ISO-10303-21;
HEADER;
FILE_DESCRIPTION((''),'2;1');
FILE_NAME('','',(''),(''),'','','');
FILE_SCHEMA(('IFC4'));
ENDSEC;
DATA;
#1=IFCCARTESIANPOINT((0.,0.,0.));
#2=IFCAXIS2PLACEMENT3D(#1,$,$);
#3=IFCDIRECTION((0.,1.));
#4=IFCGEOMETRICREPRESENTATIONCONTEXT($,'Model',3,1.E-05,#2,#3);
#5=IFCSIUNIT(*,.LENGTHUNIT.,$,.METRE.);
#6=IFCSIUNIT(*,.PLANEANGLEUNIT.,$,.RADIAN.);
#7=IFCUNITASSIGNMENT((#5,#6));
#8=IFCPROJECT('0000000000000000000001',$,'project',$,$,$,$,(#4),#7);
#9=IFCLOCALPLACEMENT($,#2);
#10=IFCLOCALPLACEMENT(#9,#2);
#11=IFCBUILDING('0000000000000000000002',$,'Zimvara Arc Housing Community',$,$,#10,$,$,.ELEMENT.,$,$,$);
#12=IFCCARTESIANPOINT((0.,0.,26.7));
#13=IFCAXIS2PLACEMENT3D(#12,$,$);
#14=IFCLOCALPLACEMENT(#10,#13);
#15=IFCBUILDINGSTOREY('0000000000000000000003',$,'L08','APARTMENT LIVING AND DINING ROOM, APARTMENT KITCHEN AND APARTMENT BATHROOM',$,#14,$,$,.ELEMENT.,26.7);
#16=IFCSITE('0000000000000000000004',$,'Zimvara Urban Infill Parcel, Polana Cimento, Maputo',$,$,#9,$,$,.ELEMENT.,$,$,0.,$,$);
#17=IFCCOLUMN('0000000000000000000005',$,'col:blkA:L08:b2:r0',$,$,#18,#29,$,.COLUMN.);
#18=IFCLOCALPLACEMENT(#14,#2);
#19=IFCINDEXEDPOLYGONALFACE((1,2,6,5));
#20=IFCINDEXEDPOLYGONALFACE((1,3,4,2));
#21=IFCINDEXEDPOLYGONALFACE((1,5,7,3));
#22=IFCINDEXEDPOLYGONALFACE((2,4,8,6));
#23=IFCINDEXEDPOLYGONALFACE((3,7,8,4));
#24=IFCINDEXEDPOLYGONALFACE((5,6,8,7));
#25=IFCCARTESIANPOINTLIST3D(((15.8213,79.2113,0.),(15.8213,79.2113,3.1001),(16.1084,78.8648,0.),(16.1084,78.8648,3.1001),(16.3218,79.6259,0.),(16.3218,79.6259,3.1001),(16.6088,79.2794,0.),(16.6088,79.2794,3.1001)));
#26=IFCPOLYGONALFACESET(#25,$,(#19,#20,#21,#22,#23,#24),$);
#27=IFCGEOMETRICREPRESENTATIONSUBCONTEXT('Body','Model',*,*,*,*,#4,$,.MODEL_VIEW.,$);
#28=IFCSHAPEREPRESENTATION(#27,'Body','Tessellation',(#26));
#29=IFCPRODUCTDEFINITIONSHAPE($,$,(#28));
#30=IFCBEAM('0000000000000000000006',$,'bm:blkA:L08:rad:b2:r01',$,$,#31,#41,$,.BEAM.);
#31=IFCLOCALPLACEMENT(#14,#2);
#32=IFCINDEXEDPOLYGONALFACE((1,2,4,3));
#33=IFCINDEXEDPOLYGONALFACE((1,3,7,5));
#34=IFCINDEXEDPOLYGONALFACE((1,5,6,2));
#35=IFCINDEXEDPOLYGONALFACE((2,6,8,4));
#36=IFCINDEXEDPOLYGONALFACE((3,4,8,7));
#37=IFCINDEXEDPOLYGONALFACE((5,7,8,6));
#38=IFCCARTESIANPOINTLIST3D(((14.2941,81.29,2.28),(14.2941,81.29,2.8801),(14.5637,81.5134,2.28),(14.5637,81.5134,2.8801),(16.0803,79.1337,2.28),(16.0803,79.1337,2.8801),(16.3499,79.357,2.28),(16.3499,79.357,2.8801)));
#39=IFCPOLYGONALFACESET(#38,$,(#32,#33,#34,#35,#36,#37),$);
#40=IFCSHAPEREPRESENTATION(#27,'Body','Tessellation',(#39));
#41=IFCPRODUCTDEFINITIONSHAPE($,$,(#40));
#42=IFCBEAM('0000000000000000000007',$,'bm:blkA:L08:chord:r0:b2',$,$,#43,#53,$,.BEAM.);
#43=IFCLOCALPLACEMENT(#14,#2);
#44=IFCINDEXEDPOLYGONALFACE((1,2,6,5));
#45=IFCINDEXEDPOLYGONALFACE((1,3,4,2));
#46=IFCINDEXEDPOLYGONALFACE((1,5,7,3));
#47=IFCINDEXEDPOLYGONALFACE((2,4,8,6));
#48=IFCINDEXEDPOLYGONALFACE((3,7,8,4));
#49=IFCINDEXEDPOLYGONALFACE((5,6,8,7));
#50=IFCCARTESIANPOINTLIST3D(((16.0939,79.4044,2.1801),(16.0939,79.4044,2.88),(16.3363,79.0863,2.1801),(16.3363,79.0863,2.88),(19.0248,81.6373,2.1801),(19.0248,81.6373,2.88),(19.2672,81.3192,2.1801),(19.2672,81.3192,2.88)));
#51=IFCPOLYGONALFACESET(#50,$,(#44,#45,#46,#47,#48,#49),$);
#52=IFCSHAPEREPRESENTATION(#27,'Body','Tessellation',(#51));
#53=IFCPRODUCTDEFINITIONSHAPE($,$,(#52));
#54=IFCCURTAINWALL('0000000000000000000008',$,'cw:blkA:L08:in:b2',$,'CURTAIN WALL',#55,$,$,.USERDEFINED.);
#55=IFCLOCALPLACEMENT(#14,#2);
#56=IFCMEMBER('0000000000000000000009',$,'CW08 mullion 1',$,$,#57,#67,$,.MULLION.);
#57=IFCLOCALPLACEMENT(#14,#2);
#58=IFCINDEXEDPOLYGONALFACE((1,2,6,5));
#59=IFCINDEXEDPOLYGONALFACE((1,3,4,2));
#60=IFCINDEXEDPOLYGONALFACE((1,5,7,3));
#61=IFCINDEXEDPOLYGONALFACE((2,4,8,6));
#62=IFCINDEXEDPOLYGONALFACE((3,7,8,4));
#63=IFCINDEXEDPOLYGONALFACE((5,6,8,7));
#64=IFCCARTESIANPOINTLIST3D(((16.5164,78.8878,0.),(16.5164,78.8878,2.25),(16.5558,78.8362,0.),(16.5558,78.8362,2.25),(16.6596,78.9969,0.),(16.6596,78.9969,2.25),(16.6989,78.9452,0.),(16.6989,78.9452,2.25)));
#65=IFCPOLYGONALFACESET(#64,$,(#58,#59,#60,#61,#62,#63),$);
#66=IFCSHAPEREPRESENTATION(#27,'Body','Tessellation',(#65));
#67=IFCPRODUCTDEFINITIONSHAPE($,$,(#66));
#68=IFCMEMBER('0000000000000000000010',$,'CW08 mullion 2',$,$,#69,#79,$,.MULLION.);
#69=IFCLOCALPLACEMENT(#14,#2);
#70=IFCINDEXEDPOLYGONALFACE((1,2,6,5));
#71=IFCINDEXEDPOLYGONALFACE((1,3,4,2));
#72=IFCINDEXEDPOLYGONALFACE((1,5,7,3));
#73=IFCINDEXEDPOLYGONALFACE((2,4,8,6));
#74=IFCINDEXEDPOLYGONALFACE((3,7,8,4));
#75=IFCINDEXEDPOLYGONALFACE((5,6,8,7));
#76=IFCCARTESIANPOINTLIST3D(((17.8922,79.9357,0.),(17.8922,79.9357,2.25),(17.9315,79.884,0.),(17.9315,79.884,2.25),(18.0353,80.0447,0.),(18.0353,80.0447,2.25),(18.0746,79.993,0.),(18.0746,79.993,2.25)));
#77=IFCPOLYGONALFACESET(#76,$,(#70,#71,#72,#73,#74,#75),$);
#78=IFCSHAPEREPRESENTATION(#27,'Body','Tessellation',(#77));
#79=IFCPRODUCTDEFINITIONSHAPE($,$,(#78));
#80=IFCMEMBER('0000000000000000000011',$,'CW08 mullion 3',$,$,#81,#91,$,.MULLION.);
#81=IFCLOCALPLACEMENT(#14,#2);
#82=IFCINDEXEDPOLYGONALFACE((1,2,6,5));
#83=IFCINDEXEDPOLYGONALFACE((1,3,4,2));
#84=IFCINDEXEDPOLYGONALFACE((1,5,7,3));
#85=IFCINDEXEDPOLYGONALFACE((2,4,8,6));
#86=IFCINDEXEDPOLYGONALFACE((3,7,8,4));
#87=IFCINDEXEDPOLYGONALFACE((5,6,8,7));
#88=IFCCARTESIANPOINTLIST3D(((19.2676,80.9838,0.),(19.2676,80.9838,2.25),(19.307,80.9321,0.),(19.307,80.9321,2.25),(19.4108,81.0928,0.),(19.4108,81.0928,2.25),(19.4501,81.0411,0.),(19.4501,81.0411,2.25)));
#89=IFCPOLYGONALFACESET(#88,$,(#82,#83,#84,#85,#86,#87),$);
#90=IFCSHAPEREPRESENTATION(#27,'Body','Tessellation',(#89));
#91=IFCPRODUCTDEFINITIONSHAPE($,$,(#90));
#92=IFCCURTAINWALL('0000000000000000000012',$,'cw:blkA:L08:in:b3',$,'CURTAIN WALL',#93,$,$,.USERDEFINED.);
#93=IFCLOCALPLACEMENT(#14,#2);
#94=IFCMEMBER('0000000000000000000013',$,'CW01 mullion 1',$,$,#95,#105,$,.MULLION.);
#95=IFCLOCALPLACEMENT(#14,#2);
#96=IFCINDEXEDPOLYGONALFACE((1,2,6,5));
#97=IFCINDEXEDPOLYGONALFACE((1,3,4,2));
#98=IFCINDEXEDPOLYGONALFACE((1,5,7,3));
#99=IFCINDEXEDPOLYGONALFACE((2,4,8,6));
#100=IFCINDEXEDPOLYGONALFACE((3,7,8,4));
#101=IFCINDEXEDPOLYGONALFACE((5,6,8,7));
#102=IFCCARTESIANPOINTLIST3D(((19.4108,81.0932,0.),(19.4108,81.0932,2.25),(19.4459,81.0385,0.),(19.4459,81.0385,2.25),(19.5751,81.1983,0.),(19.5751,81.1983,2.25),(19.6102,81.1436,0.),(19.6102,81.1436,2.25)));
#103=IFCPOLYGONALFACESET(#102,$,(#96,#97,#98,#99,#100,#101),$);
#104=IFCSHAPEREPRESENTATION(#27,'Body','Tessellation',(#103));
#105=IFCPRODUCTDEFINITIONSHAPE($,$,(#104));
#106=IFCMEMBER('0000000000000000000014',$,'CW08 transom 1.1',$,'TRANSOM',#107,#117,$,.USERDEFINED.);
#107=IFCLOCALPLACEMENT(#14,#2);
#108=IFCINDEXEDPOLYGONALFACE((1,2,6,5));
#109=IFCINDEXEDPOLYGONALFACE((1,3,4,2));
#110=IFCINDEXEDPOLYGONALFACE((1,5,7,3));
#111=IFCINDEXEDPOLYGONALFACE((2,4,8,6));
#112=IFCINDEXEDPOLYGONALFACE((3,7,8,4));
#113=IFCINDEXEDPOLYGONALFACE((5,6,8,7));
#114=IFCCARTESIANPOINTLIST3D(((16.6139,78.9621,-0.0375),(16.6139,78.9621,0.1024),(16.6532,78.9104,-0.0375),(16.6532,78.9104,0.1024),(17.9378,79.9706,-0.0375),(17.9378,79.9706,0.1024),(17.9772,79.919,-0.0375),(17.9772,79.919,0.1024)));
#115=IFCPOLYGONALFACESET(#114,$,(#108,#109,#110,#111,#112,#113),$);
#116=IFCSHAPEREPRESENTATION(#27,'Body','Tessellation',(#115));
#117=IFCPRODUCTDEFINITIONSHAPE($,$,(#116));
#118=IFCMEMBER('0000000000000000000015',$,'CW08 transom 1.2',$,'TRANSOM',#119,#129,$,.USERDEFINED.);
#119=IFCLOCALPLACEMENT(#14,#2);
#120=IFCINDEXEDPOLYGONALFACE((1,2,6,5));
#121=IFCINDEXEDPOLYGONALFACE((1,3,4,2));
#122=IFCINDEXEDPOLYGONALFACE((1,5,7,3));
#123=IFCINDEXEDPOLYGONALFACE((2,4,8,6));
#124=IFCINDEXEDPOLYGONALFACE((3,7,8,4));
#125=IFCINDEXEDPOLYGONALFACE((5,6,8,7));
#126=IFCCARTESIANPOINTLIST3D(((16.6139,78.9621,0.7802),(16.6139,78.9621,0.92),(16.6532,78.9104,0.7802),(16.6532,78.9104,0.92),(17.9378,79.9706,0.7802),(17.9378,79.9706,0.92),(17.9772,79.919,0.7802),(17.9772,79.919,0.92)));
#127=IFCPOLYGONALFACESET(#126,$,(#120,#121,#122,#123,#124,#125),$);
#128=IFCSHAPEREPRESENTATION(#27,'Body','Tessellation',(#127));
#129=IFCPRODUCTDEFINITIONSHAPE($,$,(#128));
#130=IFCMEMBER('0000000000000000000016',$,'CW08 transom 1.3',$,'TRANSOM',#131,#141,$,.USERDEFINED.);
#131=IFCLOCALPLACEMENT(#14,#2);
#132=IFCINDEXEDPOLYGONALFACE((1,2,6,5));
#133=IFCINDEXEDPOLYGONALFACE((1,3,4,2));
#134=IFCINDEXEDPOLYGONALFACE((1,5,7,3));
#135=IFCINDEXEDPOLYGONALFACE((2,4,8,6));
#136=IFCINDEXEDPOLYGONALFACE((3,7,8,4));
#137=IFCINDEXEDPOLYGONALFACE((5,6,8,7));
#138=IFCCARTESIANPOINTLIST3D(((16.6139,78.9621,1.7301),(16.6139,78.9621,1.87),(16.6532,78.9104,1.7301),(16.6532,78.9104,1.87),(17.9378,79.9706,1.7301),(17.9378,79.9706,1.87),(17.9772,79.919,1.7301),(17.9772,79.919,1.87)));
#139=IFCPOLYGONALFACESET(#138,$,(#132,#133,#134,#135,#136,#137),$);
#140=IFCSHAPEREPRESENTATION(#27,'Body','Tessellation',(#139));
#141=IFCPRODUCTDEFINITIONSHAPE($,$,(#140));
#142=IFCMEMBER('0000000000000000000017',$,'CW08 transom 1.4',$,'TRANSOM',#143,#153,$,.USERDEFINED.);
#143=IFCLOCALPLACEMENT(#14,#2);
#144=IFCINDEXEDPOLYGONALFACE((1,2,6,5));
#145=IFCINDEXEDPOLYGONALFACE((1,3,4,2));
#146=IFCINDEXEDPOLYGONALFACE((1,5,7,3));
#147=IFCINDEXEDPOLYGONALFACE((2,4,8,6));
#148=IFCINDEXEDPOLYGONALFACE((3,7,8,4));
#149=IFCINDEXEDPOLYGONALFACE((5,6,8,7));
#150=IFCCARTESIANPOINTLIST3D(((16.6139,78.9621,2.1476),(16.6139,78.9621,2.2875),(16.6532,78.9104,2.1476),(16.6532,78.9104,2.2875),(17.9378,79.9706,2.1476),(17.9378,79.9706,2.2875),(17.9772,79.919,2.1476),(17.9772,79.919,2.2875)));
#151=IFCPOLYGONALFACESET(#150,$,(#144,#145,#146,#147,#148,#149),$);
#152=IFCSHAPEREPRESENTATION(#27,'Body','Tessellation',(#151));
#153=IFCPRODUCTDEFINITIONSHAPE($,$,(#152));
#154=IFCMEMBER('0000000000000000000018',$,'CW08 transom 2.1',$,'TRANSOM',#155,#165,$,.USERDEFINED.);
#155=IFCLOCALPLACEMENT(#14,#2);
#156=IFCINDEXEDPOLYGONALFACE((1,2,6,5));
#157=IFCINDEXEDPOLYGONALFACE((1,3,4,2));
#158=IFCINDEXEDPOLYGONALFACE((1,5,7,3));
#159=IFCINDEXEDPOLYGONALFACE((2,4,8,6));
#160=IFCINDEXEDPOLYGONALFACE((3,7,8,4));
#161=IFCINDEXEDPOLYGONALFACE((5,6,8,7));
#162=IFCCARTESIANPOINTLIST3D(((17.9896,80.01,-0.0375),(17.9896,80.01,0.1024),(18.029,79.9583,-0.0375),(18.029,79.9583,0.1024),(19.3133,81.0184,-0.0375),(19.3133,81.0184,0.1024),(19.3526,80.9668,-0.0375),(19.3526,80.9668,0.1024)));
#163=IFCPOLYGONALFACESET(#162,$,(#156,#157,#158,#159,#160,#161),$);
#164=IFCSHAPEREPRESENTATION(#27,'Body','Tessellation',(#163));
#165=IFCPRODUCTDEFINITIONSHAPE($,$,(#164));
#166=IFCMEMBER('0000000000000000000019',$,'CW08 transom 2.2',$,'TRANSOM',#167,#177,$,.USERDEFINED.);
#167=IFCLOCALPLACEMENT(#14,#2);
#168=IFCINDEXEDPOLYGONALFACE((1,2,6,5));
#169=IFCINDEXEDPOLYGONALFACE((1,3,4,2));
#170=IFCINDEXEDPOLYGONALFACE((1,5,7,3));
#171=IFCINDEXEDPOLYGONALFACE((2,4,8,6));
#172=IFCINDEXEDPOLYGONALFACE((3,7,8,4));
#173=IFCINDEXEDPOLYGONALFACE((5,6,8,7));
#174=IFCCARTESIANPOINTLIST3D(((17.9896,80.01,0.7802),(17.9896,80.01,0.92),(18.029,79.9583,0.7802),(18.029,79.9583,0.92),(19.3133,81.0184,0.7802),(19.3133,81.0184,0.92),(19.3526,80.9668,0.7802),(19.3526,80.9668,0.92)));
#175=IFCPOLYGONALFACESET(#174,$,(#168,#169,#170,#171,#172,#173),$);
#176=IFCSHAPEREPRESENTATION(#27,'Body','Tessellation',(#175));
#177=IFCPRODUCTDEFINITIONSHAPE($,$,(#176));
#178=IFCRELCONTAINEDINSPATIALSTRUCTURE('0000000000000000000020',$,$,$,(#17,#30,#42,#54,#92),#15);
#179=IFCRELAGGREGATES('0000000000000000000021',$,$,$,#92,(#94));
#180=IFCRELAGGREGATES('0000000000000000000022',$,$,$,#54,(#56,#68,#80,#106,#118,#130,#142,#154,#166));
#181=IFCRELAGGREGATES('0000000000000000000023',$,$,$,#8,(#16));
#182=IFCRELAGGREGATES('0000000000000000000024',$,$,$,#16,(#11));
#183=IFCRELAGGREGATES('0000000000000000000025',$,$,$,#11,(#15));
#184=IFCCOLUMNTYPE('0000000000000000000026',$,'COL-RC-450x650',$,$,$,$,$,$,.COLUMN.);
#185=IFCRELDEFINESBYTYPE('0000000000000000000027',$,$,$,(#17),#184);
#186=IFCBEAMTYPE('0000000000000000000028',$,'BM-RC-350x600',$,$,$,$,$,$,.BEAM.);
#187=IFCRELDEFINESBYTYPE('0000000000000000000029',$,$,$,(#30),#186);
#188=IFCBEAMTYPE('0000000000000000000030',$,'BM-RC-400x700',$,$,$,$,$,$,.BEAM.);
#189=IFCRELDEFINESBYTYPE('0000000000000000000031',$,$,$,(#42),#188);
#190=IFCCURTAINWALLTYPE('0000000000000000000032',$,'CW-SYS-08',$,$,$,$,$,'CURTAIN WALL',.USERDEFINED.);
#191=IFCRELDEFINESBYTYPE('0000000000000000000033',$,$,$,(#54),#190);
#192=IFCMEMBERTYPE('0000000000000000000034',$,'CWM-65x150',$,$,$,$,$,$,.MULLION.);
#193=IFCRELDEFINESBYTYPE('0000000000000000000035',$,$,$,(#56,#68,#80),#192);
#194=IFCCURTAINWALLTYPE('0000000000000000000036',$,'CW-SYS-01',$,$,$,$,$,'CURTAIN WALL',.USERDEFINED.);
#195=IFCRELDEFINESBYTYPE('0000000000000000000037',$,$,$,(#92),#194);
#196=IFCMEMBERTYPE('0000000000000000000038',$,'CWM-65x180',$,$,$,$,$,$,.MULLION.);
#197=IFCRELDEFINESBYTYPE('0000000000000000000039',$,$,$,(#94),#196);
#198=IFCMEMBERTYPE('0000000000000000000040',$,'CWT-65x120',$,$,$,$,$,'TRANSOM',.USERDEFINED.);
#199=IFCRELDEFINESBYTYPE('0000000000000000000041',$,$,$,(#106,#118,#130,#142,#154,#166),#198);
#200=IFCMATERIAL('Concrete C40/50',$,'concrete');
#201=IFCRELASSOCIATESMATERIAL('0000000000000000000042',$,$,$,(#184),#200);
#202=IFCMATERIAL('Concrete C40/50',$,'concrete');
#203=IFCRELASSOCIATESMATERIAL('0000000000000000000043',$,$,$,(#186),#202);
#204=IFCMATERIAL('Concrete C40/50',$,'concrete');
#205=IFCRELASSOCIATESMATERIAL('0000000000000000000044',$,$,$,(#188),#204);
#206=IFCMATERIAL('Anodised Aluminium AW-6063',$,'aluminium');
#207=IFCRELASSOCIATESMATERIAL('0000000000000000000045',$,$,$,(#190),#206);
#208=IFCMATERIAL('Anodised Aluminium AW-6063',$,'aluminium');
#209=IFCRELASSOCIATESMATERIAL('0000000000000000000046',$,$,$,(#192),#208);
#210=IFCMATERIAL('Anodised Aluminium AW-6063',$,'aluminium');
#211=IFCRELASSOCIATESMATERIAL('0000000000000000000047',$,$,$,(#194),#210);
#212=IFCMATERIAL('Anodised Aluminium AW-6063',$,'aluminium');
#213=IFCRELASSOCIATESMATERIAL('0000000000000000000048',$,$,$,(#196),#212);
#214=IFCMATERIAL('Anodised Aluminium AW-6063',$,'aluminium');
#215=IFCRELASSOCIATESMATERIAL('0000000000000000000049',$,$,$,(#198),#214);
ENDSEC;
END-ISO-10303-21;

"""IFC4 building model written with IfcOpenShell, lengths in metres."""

from ifc_helpers import new_model, si_unit, direction, frame, origin, origin_2d, place, context, subcontext, project, spatial, rectangle, extrude, material, material_profile, profile_set, type_object, element, aggregate, save


model = new_model("IFC4")

# Units and contexts
model_context = context("Model", 3, precision=1e-05, world=origin(), true_north=direction((0.0, 1.0)))
body_context = subcontext(model_context, "Body", "Model", "MODEL_VIEW")
ifc_project = project(units=[si_unit("LENGTHUNIT", "METRE"), si_unit("PLANEANGLEUNIT", "RADIAN")], contexts=[model_context])

# Site, building, storey
site_placement = place(None, origin())
site = spatial("IfcSite", under=ifc_project, at=site_placement, Name="Zimvara Urban Infill Parcel, Polana Cimento, Maputo", CompositionType="ELEMENT", RefElevation=0.0)
building_placement = place(site_placement, origin())
building = spatial("IfcBuilding", under=site, at=building_placement, Name="Zimvara Arc Housing Community", CompositionType="ELEMENT")
storey_placement = place(building_placement, frame((0.0, 0.0, 26.7)))
storey = spatial("IfcBuildingStorey", under=building, at=storey_placement, Name="L08", Description="APARTMENT LIVING AND DINING ROOM, APARTMENT KITCHEN AND APARTMENT BATHROOM", CompositionType="ELEMENT", Elevation=26.7)

# Column
ifc_material_1 = material(Name="Concrete C40/50", Category="concrete")
ifc_material_profile_1 = material_profile(ifc_material_1, rectangle(XDim=0.45, YDim=0.6499, at=origin_2d()), Name="RC 450x650")
ifc_profile_set_1 = profile_set([ifc_material_profile_1], Name="Concrete C40/50")
column_type = type_object("IfcColumnType", Name="COL-RC-450x650", PredefinedType="COLUMN", material=ifc_profile_set_1)
column_placement = place(storey_placement, frame((16.2151, 79.2454, 0.0), z_axis=(0.0, 0.0, 1.0), x_axis=(-0.637962, 0.770068, 0.0)))
element("IfcColumn", 1, at=column_placement, inside=storey, type_object=column_type, Name="col:blkA:L08:b2:r0", PredefinedType="COLUMN", context=body_context, shape_type="SweptSolid", body=[
    extrude(rectangle(XDim=0.45, YDim=0.6499, at=origin_2d()), origin(), (0.0, 0.0, 1.0), 3.1001),
])

# Beams
ifc_material_2 = material(Name="Concrete C40/50", Category="concrete")
ifc_material_profile_2 = material_profile(ifc_material_2, rectangle(XDim=0.3501, YDim=0.6001, at=origin_2d()), Name="RC 350x600")
ifc_profile_set_2 = profile_set([ifc_material_profile_2], Name="Concrete C40/50")
beam_type_1 = type_object("IfcBeamType", Name="BM-RC-350x600", PredefinedType="BEAM", material=ifc_profile_set_2)
beam_1_placement = place(storey_placement, frame((16.2151, 79.2454, 2.5801), z_axis=(-0.637917, 0.770105, 0.0), x_axis=(-0.770105, -0.637917, 0.0)))
element("IfcBeam", 2, at=beam_1_placement, inside=storey, type_object=beam_type_1, Name="bm:blkA:L08:rad:b2:r01", PredefinedType="BEAM", context=body_context, shape_type="SweptSolid", body=[
    extrude(rectangle(XDim=0.3501, YDim=0.6001, at=origin_2d()), origin(), (0.0, 0.0, 1.0), 2.8),
])
ifc_material_3 = material(Name="Concrete C40/50", Category="concrete")
ifc_material_profile_3 = material_profile(ifc_material_3, rectangle(XDim=0.3999, YDim=0.7, at=origin_2d()), Name="RC 400x700")
ifc_profile_set_3 = profile_set([ifc_material_profile_3], Name="Concrete C40/50")
beam_type_2 = type_object("IfcBeamType", Name="BM-RC-400x700", PredefinedType="BEAM", material=ifc_profile_set_3)
beam_2_placement = place(storey_placement, frame((16.2151, 79.2454, 2.53), z_axis=(0.795453, 0.606015, 0.0), x_axis=(-0.606015, 0.795453, 0.0)))
element("IfcBeam", 3, at=beam_2_placement, inside=storey, type_object=beam_type_2, Name="bm:blkA:L08:chord:r0:b2", PredefinedType="BEAM", context=body_context, shape_type="SweptSolid", body=[
    extrude(rectangle(XDim=0.3999, YDim=0.7, at=origin_2d()), origin(), (0.0, 0.0, 1.0), 3.6846),
])

# Curtain wall, members
ifc_material_4 = material(Name="Anodised Aluminium AW-6063", Category="aluminium")
curtain_wall_type_1 = type_object("IfcCurtainWallType", Name="CW-SYS-08", ElementType="CURTAIN WALL", PredefinedType="USERDEFINED", material=ifc_material_4)
curtain_wall_1_placement = place(storey_placement, origin())
curtain_wall_1 = element("IfcCurtainWall", 4, at=curtain_wall_1_placement, inside=storey, type_object=curtain_wall_type_1, Name="cw:blkA:L08:in:b2", ObjectType="CURTAIN WALL", PredefinedType="USERDEFINED")
ifc_material_5 = material(Name="Anodised Aluminium AW-6063", Category="aluminium")
ifc_material_profile_4 = material_profile(ifc_material_5, rectangle(XDim=0.0649, YDim=0.1799, at=origin_2d()), Name="ALU 65x180")
ifc_profile_set_4 = profile_set([ifc_material_profile_4], Name="Anodised Aluminium AW-6063")
member_type_1 = type_object("IfcMemberType", Name="CWM-65x150", PredefinedType="MULLION", material=ifc_profile_set_4)
member_1_placement = place(storey_placement, frame((16.6077, 78.9165, 0.0), z_axis=(0.0, 0.0, 1.0), x_axis=(-0.605988, 0.795474, 0.0)))
member_1 = element("IfcMember", 5, at=member_1_placement, type_object=member_type_1, Name="CW08 mullion 1", PredefinedType="MULLION", context=body_context, shape_type="SweptSolid", body=[
    extrude(rectangle(XDim=0.0649, YDim=0.1799, at=origin_2d()), origin(), (0.0, 0.0, 1.0), 2.25),
])
member_2_placement = place(storey_placement, frame((17.9834, 79.9644, 0.0), z_axis=(0.0, 0.0, 1.0), x_axis=(-0.605988, 0.795474, 0.0)))
member_2 = element("IfcMember", 6, at=member_2_placement, type_object=member_type_1, Name="CW08 mullion 2", PredefinedType="MULLION", context=body_context, shape_type="SweptSolid", body=[
    extrude(rectangle(XDim=0.0649, YDim=0.1799, at=origin_2d()), origin(), (0.0, 0.0, 1.0), 2.25),
])
member_3_placement = place(storey_placement, frame((19.3589, 81.0125, 0.0), z_axis=(0.0, 0.0, 1.0), x_axis=(-0.605988, 0.795474, 0.0)))
member_3 = element("IfcMember", 7, at=member_3_placement, type_object=member_type_1, Name="CW08 mullion 3", PredefinedType="MULLION", context=body_context, shape_type="SweptSolid", body=[
    extrude(rectangle(XDim=0.0649, YDim=0.1799, at=origin_2d()), origin(), (0.0, 0.0, 1.0), 2.25),
])

# Curtain wall, member
ifc_material_6 = material(Name="Anodised Aluminium AW-6063", Category="aluminium")
curtain_wall_type_2 = type_object("IfcCurtainWallType", Name="CW-SYS-01", ElementType="CURTAIN WALL", PredefinedType="USERDEFINED", material=ifc_material_6)
curtain_wall_2_placement = place(storey_placement, origin())
curtain_wall_2 = element("IfcCurtainWall", 8, at=curtain_wall_2_placement, inside=storey, type_object=curtain_wall_type_2, Name="cw:blkA:L08:in:b3", ObjectType="CURTAIN WALL", PredefinedType="USERDEFINED")
ifc_material_7 = material(Name="Anodised Aluminium AW-6063", Category="aluminium")
ifc_material_profile_5 = material_profile(ifc_material_7, rectangle(XDim=0.0649, YDim=0.1951, at=origin_2d()), Name="ALU 65x195")
ifc_profile_set_5 = profile_set([ifc_material_profile_5], Name="Anodised Aluminium AW-6063")
member_type_2 = type_object("IfcMemberType", Name="CWM-65x180", PredefinedType="MULLION", material=ifc_profile_set_5)
member_4_placement = place(storey_placement, frame((19.5105, 81.1184, 0.0), z_axis=(0.0, 0.0, 1.0), x_axis=(-0.539064, 0.842265, 0.0)))
member_4 = element("IfcMember", 9, at=member_4_placement, type_object=member_type_2, Name="CW01 mullion 1", PredefinedType="MULLION", context=body_context, shape_type="SweptSolid", body=[
    extrude(rectangle(XDim=0.0649, YDim=0.1951, at=origin_2d()), origin(), (0.0, 0.0, 1.0), 2.25),
])

# Members
ifc_material_8 = material(Name="Anodised Aluminium AW-6063", Category="aluminium")
ifc_material_profile_6 = material_profile(ifc_material_8, rectangle(XDim=0.0649, YDim=0.1399, at=origin_2d()), Name="ALU 65x140")
ifc_profile_set_6 = profile_set([ifc_material_profile_6], Name="Anodised Aluminium AW-6063")
member_type_3 = type_object("IfcMemberType", Name="CWT-65x120", ElementType="TRANSOM", PredefinedType="USERDEFINED", material=ifc_profile_set_6)
member_5_placement = place(storey_placement, frame((16.6335, 78.9363, 0.0325), z_axis=(0.795489, 0.605968, 0.0), x_axis=(-0.605968, 0.795489, 0.0)))
member_5 = element("IfcMember", 10, at=member_5_placement, type_object=member_type_3, Name="CW08 transom 1.1", ObjectType="TRANSOM", PredefinedType="USERDEFINED", context=body_context, shape_type="SweptSolid", body=[
    extrude(rectangle(XDim=0.0649, YDim=0.1399, at=origin_2d()), origin(), (0.0, 0.0, 1.0), 1.6643),
])
member_6_placement = place(storey_placement, frame((16.6335, 78.9363, 0.8501), z_axis=(0.795489, 0.605968, 0.0), x_axis=(-0.605968, 0.795489, 0.0)))
member_6 = element("IfcMember", 11, at=member_6_placement, type_object=member_type_3, Name="CW08 transom 1.2", ObjectType="TRANSOM", PredefinedType="USERDEFINED", context=body_context, shape_type="SweptSolid", body=[
    extrude(rectangle(XDim=0.0649, YDim=0.1399, at=origin_2d()), origin(), (0.0, 0.0, 1.0), 1.6643),
])
member_7_placement = place(storey_placement, frame((16.6335, 78.9363, 1.8), z_axis=(0.795489, 0.605968, 0.0), x_axis=(-0.605968, 0.795489, 0.0)))
member_7 = element("IfcMember", 12, at=member_7_placement, type_object=member_type_3, Name="CW08 transom 1.3", ObjectType="TRANSOM", PredefinedType="USERDEFINED", context=body_context, shape_type="SweptSolid", body=[
    extrude(rectangle(XDim=0.0649, YDim=0.1399, at=origin_2d()), origin(), (0.0, 0.0, 1.0), 1.6643),
])
member_8_placement = place(storey_placement, frame((16.6335, 78.9363, 2.2175), z_axis=(0.795489, 0.605968, 0.0), x_axis=(-0.605968, 0.795489, 0.0)))
member_8 = element("IfcMember", 13, at=member_8_placement, type_object=member_type_3, Name="CW08 transom 1.4", ObjectType="TRANSOM", PredefinedType="USERDEFINED", context=body_context, shape_type="SweptSolid", body=[
    extrude(rectangle(XDim=0.0649, YDim=0.1399, at=origin_2d()), origin(), (0.0, 0.0, 1.0), 1.6643),
])
member_9_placement = place(storey_placement, frame((18.0093, 79.9841, 0.0325), z_axis=(0.795435, 0.606039, 0.0), x_axis=(-0.606039, 0.795435, 0.0)))
member_9 = element("IfcMember", 14, at=member_9_placement, type_object=member_type_3, Name="CW08 transom 2.1", ObjectType="TRANSOM", PredefinedType="USERDEFINED", context=body_context, shape_type="SweptSolid", body=[
    extrude(rectangle(XDim=0.0649, YDim=0.1399, at=origin_2d()), origin(), (0.0, 0.0, 1.0), 1.6641),
])
member_10_placement = place(storey_placement, frame((18.0093, 79.9841, 0.8501), z_axis=(0.795435, 0.606039, 0.0), x_axis=(-0.606039, 0.795435, 0.0)))
member_10 = element("IfcMember", 15, at=member_10_placement, type_object=member_type_3, Name="CW08 transom 2.2", ObjectType="TRANSOM", PredefinedType="USERDEFINED", context=body_context, shape_type="SweptSolid", body=[
    extrude(rectangle(XDim=0.0649, YDim=0.1399, at=origin_2d()), origin(), (0.0, 0.0, 1.0), 1.6641),
])
aggregate(curtain_wall_2, [member_4])

aggregate(curtain_wall_1, [member_1, member_2, member_3, member_5, member_6, member_7, member_8, member_9, member_10])

save(model, "model.ifc")
